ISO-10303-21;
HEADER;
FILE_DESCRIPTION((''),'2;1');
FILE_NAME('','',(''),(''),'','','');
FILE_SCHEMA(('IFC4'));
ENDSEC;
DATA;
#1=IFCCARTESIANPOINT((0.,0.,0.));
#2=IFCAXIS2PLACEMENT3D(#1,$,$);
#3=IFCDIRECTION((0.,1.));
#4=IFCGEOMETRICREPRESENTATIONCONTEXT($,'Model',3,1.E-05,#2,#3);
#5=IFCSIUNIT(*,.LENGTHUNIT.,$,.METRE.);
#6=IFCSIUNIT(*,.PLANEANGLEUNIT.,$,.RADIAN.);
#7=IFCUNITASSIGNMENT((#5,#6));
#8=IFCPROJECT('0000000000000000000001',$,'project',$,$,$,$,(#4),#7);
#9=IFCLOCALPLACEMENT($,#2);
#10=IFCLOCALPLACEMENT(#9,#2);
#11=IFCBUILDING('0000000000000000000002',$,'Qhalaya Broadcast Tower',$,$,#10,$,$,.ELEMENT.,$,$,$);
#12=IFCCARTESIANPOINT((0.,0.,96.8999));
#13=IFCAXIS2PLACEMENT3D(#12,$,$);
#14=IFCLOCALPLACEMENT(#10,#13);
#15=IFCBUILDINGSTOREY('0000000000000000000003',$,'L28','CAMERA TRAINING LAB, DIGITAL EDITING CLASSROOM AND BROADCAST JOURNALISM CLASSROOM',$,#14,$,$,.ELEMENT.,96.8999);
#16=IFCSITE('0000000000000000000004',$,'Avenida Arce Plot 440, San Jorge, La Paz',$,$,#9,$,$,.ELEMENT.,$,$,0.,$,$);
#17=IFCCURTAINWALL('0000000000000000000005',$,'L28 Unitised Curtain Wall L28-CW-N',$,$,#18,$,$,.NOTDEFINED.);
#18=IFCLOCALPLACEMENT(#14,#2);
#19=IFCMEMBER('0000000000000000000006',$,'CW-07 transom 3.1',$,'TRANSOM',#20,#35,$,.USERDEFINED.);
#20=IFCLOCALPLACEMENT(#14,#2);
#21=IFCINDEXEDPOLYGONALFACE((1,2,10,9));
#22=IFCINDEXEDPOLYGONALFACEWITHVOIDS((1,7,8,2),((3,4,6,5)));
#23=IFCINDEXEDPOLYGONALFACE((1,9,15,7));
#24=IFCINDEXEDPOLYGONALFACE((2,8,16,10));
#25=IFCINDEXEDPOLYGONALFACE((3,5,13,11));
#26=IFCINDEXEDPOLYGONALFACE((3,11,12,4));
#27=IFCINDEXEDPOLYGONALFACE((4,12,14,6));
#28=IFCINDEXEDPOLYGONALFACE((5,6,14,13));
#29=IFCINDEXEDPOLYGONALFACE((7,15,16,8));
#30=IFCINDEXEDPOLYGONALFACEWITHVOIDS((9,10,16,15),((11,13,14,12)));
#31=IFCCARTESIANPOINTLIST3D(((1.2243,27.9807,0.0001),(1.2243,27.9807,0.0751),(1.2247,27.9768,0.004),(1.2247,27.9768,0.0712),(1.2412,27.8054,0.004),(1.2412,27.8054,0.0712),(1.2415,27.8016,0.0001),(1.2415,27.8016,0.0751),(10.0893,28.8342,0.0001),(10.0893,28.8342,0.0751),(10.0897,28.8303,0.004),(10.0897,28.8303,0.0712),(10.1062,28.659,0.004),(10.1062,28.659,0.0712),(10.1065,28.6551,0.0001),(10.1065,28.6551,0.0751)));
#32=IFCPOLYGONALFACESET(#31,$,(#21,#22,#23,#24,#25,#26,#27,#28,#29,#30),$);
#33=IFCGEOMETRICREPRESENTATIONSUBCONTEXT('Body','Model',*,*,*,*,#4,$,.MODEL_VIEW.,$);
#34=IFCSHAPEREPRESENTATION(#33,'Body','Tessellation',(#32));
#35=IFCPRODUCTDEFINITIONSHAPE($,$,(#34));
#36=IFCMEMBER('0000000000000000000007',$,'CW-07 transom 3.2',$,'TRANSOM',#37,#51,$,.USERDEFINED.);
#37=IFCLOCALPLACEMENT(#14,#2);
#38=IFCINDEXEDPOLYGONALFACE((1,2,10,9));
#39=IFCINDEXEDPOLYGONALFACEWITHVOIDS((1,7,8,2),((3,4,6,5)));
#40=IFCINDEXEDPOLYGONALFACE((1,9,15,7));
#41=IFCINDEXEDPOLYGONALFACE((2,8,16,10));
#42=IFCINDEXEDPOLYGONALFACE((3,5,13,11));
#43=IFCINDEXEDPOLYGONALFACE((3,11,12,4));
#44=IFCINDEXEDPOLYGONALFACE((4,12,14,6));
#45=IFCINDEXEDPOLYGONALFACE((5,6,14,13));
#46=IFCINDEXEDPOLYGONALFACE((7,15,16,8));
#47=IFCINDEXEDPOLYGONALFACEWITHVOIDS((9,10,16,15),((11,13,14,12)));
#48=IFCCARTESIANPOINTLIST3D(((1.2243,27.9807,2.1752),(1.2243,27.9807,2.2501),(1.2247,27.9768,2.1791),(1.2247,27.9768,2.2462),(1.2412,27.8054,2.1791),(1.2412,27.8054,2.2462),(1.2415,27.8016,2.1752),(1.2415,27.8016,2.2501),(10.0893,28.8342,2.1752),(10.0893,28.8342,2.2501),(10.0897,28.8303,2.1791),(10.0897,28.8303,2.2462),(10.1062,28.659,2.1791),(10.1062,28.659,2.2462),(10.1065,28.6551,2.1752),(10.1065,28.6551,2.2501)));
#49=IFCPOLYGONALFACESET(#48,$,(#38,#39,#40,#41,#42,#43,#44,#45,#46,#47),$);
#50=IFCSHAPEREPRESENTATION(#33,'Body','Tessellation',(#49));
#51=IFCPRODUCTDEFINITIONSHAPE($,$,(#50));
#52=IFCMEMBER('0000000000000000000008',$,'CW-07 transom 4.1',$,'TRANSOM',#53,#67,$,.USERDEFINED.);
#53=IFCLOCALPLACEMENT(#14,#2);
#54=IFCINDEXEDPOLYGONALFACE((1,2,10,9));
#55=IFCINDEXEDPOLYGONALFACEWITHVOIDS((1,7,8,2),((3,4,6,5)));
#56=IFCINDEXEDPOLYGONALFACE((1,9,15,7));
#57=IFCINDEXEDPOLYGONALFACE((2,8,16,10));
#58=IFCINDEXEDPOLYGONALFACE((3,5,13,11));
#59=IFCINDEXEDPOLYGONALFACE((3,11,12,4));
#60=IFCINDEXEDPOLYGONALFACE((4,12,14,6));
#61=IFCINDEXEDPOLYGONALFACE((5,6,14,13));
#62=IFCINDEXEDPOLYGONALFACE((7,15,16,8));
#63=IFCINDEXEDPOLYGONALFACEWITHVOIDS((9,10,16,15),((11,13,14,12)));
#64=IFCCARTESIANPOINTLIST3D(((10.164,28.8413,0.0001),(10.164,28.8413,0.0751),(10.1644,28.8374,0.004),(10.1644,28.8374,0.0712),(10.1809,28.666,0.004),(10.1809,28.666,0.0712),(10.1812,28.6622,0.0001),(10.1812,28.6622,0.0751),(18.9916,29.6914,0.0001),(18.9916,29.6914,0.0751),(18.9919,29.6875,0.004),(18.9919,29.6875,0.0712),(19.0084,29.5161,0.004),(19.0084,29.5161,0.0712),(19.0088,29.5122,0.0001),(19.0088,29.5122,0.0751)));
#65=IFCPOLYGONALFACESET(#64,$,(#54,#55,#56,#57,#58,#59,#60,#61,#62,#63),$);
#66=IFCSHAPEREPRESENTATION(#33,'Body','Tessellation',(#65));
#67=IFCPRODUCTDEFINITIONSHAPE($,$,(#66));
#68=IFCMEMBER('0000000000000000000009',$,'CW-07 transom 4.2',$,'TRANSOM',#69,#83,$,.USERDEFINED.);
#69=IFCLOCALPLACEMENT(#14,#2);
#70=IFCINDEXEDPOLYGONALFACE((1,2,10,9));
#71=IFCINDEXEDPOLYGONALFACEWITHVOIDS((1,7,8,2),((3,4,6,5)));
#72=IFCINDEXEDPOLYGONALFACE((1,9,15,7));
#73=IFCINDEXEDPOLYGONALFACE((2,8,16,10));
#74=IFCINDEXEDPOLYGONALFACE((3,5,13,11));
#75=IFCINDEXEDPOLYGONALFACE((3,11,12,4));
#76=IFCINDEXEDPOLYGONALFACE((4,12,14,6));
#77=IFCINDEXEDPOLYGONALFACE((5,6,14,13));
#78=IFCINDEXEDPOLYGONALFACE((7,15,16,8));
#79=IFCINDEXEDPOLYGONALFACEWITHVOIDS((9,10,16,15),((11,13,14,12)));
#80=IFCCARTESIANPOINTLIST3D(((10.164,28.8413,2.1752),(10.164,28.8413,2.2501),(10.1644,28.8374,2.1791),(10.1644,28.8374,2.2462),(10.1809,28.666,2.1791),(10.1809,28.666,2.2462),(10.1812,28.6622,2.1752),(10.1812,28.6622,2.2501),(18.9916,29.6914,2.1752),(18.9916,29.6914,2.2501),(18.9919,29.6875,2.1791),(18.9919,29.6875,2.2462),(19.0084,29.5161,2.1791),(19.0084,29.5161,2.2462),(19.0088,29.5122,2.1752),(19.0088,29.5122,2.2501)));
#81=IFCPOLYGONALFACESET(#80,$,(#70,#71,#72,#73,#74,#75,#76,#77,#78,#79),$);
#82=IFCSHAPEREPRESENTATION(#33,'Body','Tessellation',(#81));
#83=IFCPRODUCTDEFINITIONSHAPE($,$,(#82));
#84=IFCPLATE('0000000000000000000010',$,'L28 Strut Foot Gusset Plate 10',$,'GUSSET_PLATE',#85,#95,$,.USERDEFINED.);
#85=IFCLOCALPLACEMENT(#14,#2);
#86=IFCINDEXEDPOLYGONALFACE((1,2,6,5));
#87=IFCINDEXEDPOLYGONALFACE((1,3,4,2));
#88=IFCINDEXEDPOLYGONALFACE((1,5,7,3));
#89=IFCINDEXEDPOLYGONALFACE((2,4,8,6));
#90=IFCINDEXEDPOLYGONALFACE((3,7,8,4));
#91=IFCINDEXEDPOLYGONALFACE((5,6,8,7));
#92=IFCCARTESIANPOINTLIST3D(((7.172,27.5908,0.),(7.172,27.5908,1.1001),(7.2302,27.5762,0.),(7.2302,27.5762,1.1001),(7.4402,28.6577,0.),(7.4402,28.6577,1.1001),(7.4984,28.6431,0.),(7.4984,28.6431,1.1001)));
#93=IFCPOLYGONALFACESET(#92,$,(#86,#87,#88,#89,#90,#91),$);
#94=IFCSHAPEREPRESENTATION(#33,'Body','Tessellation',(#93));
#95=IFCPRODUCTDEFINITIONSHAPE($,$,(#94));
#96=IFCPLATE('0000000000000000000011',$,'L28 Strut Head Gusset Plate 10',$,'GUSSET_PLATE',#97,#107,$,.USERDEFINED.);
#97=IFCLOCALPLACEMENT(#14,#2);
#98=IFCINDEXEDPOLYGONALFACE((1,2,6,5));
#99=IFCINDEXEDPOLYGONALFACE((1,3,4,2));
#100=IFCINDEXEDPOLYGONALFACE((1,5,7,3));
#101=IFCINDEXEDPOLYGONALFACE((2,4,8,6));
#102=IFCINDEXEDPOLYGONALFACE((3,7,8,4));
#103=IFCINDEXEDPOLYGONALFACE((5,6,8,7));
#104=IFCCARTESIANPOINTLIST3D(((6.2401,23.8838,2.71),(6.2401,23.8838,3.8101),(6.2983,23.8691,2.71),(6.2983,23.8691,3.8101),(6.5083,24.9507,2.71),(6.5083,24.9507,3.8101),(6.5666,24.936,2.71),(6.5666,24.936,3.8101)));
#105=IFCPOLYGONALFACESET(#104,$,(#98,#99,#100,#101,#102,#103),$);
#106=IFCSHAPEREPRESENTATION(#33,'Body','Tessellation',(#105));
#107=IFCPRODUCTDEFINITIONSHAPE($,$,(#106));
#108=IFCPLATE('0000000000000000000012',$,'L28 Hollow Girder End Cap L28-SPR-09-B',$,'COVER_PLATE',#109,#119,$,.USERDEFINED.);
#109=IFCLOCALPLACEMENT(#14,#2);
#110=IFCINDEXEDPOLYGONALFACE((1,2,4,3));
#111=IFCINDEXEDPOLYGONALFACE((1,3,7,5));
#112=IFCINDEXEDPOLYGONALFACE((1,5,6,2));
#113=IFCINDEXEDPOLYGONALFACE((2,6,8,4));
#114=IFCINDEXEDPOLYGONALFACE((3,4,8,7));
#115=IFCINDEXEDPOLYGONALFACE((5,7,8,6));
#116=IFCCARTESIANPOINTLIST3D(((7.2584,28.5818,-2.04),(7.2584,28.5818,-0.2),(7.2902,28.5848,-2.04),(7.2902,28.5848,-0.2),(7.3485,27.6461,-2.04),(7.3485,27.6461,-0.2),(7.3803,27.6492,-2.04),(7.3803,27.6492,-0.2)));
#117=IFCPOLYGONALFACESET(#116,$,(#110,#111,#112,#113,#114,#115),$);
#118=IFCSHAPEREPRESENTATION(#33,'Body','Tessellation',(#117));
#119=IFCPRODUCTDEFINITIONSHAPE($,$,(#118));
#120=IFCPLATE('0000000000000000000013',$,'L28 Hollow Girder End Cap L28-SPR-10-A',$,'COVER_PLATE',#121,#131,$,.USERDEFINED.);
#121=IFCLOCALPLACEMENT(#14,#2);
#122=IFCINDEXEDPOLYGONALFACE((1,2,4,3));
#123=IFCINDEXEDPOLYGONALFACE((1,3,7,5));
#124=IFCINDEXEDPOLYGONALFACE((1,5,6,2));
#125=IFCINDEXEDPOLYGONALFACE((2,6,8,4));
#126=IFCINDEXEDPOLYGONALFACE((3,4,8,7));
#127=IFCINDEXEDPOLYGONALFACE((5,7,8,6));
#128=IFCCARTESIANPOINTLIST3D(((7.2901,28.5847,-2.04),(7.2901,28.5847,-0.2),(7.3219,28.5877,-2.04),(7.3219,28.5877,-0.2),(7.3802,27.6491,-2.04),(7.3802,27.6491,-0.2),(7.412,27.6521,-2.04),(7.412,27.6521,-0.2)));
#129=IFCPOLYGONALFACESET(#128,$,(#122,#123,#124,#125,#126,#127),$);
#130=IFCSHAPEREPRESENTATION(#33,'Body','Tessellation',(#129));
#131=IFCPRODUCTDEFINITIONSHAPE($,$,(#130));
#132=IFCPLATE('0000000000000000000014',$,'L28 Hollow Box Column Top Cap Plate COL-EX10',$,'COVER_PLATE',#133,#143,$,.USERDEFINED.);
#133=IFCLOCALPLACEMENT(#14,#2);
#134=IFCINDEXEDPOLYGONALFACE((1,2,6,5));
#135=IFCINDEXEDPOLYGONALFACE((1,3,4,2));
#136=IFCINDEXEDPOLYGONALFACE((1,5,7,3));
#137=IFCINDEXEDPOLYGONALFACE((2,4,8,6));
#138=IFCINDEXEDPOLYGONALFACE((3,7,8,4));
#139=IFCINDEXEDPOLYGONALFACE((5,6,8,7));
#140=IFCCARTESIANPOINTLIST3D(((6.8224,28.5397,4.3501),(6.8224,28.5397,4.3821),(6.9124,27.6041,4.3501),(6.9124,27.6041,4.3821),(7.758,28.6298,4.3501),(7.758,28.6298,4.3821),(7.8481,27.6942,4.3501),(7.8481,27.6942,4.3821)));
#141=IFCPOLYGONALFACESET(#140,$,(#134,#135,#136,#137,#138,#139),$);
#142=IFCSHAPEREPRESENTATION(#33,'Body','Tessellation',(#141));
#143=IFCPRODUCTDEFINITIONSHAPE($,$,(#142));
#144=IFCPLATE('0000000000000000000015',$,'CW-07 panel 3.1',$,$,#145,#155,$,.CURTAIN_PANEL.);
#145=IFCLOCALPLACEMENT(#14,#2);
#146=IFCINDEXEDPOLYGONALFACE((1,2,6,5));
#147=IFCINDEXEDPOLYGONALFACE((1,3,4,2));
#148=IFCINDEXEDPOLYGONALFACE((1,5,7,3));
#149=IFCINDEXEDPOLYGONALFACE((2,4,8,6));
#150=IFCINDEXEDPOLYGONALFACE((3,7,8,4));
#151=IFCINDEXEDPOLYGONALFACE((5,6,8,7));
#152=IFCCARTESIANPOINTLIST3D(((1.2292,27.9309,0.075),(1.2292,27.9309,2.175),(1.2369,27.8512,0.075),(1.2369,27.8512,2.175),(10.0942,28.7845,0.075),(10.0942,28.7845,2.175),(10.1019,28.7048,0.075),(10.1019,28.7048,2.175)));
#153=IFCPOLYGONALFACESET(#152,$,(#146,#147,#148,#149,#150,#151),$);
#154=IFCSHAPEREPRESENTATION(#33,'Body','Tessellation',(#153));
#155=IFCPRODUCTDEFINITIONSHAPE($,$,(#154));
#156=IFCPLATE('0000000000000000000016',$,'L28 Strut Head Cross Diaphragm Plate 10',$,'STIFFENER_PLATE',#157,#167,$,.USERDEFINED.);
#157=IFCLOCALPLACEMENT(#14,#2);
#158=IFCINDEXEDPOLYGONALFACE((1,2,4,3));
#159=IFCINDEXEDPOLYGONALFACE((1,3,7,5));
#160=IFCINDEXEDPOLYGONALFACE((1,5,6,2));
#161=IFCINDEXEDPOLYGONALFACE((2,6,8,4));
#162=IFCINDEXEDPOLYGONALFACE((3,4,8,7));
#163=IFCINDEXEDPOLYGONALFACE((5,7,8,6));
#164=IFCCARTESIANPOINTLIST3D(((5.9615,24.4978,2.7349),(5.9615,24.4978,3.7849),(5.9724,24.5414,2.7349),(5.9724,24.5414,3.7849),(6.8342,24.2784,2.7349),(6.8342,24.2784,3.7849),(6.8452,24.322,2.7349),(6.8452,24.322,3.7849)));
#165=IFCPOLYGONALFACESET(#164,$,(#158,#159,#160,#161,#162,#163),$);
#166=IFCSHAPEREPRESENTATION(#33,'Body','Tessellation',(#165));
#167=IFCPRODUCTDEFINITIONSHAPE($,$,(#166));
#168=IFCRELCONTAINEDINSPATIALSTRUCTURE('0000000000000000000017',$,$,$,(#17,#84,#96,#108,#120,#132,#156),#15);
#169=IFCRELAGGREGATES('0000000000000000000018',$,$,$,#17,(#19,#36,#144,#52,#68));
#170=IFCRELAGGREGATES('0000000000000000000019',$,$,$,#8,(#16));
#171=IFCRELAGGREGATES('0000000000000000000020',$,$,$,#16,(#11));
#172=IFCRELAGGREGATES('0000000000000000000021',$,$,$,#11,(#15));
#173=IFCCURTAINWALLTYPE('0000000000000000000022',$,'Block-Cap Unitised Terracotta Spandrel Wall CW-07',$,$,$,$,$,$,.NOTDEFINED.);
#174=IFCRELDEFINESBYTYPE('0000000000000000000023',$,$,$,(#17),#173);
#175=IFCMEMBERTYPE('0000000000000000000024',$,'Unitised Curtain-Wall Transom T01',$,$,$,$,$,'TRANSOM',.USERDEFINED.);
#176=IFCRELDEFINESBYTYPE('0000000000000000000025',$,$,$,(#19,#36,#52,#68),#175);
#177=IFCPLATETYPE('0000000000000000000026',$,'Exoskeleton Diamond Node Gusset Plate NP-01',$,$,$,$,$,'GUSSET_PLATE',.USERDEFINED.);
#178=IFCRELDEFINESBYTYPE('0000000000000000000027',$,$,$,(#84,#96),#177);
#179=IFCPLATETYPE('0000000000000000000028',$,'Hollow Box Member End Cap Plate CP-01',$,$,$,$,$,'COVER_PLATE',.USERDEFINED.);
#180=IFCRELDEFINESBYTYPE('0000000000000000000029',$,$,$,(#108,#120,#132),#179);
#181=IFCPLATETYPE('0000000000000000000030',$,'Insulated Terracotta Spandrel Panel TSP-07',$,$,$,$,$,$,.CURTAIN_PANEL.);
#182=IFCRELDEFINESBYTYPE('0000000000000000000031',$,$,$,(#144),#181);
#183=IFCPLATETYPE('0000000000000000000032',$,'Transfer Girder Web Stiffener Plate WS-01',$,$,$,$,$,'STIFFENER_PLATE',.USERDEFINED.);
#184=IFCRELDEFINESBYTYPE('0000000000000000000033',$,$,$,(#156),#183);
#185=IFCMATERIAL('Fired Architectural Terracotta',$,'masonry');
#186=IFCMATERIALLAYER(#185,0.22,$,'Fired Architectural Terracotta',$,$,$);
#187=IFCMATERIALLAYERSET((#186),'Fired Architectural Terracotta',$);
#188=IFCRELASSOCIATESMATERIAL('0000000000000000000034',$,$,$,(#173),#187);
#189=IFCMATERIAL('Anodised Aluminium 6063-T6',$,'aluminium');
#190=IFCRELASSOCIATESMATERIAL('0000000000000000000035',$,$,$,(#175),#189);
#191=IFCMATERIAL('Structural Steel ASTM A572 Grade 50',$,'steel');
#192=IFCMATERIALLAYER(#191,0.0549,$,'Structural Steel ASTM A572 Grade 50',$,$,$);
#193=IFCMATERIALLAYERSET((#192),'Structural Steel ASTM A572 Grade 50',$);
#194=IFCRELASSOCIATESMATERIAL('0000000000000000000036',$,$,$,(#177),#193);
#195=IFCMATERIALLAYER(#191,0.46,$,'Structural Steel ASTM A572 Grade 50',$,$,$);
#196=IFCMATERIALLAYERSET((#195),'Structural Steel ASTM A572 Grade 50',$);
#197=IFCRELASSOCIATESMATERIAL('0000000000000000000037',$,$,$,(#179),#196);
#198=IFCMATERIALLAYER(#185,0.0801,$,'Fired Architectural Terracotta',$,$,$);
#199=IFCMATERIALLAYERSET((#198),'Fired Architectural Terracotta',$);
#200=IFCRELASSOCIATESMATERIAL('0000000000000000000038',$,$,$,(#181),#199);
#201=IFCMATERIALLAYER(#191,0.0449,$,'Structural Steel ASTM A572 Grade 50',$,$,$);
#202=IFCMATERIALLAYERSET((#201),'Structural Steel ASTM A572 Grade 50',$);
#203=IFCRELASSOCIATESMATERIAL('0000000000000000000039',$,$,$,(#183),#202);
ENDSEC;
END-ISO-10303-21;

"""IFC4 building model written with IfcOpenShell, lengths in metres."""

from ifc_helpers import new_model, si_unit, direction, frame, origin, origin_2d, place, context, subcontext, project, spatial, rectangle, hollow_rectangle, extrude, material, layer, layer_set, material_profile, profile_set, type_object, element, aggregate, save


model = new_model("IFC4")

# Units and contexts
model_context = context("Model", 3, precision=1e-05, world=origin(), true_north=direction((0.0, 1.0)))
body_context = subcontext(model_context, "Body", "Model", "MODEL_VIEW")
ifc_project = project(units=[si_unit("LENGTHUNIT", "METRE"), si_unit("PLANEANGLEUNIT", "RADIAN")], contexts=[model_context])

# Site, building, storey
site_placement = place(None, origin())
site = spatial("IfcSite", under=ifc_project, at=site_placement, Name="Avenida Arce Plot 440, San Jorge, La Paz", CompositionType="ELEMENT", RefElevation=0.0)
building_placement = place(site_placement, origin())
building = spatial("IfcBuilding", under=site, at=building_placement, Name="Qhalaya Broadcast Tower", CompositionType="ELEMENT")
storey_placement = place(building_placement, frame((0.0, 0.0, 96.8999)))
storey = spatial("IfcBuildingStorey", under=building, at=storey_placement, Name="L28", Description="CAMERA TRAINING LAB, DIGITAL EDITING CLASSROOM AND BROADCAST JOURNALISM CLASSROOM", CompositionType="ELEMENT", Elevation=96.8999)

# Shared definitions
ifc_material_1 = material(Name="Structural Steel ASTM A572 Grade 50", Category="steel")

# Curtain wall, members
ifc_material_2 = material(Name="Fired Architectural Terracotta", Category="masonry")
ifc_layer_1 = layer(ifc_material_2, 0.22, Name="Fired Architectural Terracotta")
ifc_layer_set_1 = layer_set([ifc_layer_1], Name="Fired Architectural Terracotta")
curtain_wall_type = type_object("IfcCurtainWallType", Name="Block-Cap Unitised Terracotta Spandrel Wall CW-07", PredefinedType="NOTDEFINED", material=ifc_layer_set_1)
curtain_wall_placement = place(storey_placement, origin())
curtain_wall = element("IfcCurtainWall", 1, at=curtain_wall_placement, inside=storey, type_object=curtain_wall_type, Name="L28 Unitised Curtain Wall L28-CW-N", PredefinedType="NOTDEFINED")
ifc_material_3 = material(Name="Anodised Aluminium 6063-T6", Category="aluminium")
ifc_material_profile_1 = material_profile(ifc_material_3, hollow_rectangle(XDim=0.075, YDim=0.1799, WallThickness=0.0039, at=origin_2d()), Name="ALU-TRN 75x180x4")
ifc_profile_set_1 = profile_set([ifc_material_profile_1], Name="Anodised Aluminium 6063-T6")
member_type_1 = type_object("IfcMemberType", Name="Unitised Curtain-Wall Transom T01", ElementType="TRANSOM", PredefinedType="USERDEFINED", material=ifc_profile_set_1)
member_1_placement = place(storey_placement, frame((1.2329, 27.8911, 0.0376), z_axis=(0.995397, 0.095836, 0.0), x_axis=(0.0, 0.0, 1.0)))
member_1 = element("IfcMember", 2, at=member_1_placement, type_object=member_type_1, Name="CW-07 transom 3.1", ObjectType="TRANSOM", PredefinedType="USERDEFINED", context=body_context, shape_type="SweptSolid", body=[
    extrude(hollow_rectangle(XDim=0.075, YDim=0.1799, WallThickness=0.0039, at=origin_2d()), origin(), (0.0, 0.0, 1.0), 8.906),
])
member_2_placement = place(storey_placement, frame((1.2329, 27.8911, 2.2126), z_axis=(0.995397, 0.095836, 0.0), x_axis=(0.0, 0.0, 1.0)))
member_2 = element("IfcMember", 3, at=member_2_placement, type_object=member_type_1, Name="CW-07 transom 3.2", ObjectType="TRANSOM", PredefinedType="USERDEFINED", context=body_context, shape_type="SweptSolid", body=[
    extrude(hollow_rectangle(XDim=0.075, YDim=0.1799, WallThickness=0.0039, at=origin_2d()), origin(), (0.0, 0.0, 1.0), 8.906),
])
member_3_placement = place(storey_placement, frame((10.1726, 28.7517, 0.0376), z_axis=(0.995395, 0.095856, 0.0), x_axis=(0.0, 0.0, 1.0)))
member_3 = element("IfcMember", 4, at=member_3_placement, type_object=member_type_1, Name="CW-07 transom 4.1", ObjectType="TRANSOM", PredefinedType="USERDEFINED", context=body_context, shape_type="SweptSolid", body=[
    extrude(hollow_rectangle(XDim=0.075, YDim=0.1799, WallThickness=0.0039, at=origin_2d()), origin(), (0.0, 0.0, 1.0), 8.8684),
])
member_4_placement = place(storey_placement, frame((10.1726, 28.7517, 2.2126), z_axis=(0.995395, 0.095856, 0.0), x_axis=(0.0, 0.0, 1.0)))
member_4 = element("IfcMember", 5, at=member_4_placement, type_object=member_type_1, Name="CW-07 transom 4.2", ObjectType="TRANSOM", PredefinedType="USERDEFINED", context=body_context, shape_type="SweptSolid", body=[
    extrude(hollow_rectangle(XDim=0.075, YDim=0.1799, WallThickness=0.0039, at=origin_2d()), origin(), (0.0, 0.0, 1.0), 8.8684),
])

# Plates
ifc_layer_2 = layer(ifc_material_1, 0.0549, Name="Structural Steel ASTM A572 Grade 50")
ifc_layer_set_2 = layer_set([ifc_layer_2], Name="Structural Steel ASTM A572 Grade 50")
plate_type_1 = type_object("IfcPlateType", Name="Exoskeleton Diamond Node Gusset Plate NP-01", ElementType="GUSSET_PLATE", PredefinedType="USERDEFINED", material=ifc_layer_set_2)
for number, where, z_axis, x_axis, name in (
    (6, (7.3352, 28.1169, 0.0), (0.0, 0.0, 1.0), (-0.243818, -0.969821, 0.0), "L28 Strut Foot Gusset Plate 10"),
    (7, (6.4033, 24.4099, 2.71), (0.0, 0.0, 1.0), (-0.243818, -0.969821, 0.0), "L28 Strut Head Gusset Plate 10"),
):
    element("IfcPlate", number, at=place(storey_placement, frame(where, z_axis=z_axis, x_axis=x_axis)), inside=storey, type_object=plate_type_1, Name=name, ObjectType="GUSSET_PLATE", PredefinedType="USERDEFINED", context=body_context, shape_type="SweptSolid", body=[
        extrude(rectangle(XDim=1.1001, YDim=0.0601, at=origin_2d()), origin(), (0.0, 0.0, 1.0), 1.1001),
    ])
ifc_layer_3 = layer(ifc_material_1, 0.46, Name="Structural Steel ASTM A572 Grade 50")
ifc_layer_set_3 = layer_set([ifc_layer_3], Name="Structural Steel ASTM A572 Grade 50")
plate_type_2 = type_object("IfcPlateType", Name="Hollow Box Member End Cap Plate CP-01", ElementType="COVER_PLATE", PredefinedType="USERDEFINED", material=ifc_layer_set_3)
for number, where, z_axis, x_axis, name in (
    (8, (7.3193, 28.1155, -2.04), (0.0, 0.0, 1.0), (0.095846, -0.995396, 0.0), "L28 Hollow Girder End Cap L28-SPR-09-B"),
    (9, (7.3511, 28.1184, -2.04), (0.0, 0.0, 1.0), (0.095846, -0.995396, 0.0), "L28 Hollow Girder End Cap L28-SPR-10-A"),
):
    element("IfcPlate", number, at=place(storey_placement, frame(where, z_axis=z_axis, x_axis=x_axis)), inside=storey, type_object=plate_type_2, Name=name, ObjectType="COVER_PLATE", PredefinedType="USERDEFINED", context=body_context, shape_type="SweptSolid", body=[
        extrude(rectangle(XDim=0.9399, YDim=0.032, at=origin_2d()), origin(), (0.0, 0.0, 1.0), 1.8401),
    ])
plate_1_placement = place(storey_placement, frame((7.3352, 28.1169, 4.3501), z_axis=(0.0, 0.0, 1.0), x_axis=(0.995396, 0.095846, 0.0)))
element("IfcPlate", 10, at=plate_1_placement, inside=storey, type_object=plate_type_2, Name="L28 Hollow Box Column Top Cap Plate COL-EX10", ObjectType="COVER_PLATE", PredefinedType="USERDEFINED", context=body_context, shape_type="SweptSolid", body=[
    extrude(rectangle(XDim=0.9399, YDim=0.9399, at=origin_2d()), origin(), (0.0, 0.0, 1.0), 0.032),
])

# Plates
ifc_layer_4 = layer(ifc_material_2, 0.0801, Name="Fired Architectural Terracotta")
ifc_layer_set_4 = layer_set([ifc_layer_4], Name="Fired Architectural Terracotta")
plate_type_3 = type_object("IfcPlateType", Name="Insulated Terracotta Spandrel Panel TSP-07", PredefinedType="CURTAIN_PANEL", material=ifc_layer_set_4)
plate_2_placement = place(storey_placement, frame((5.6655, 28.3179, 0.075), z_axis=(0.0, 0.0, 1.0), x_axis=(0.995396, 0.095847, 0.0)))
plate_2 = element("IfcPlate", 11, at=plate_2_placement, type_object=plate_type_3, Name="CW-07 panel 3.1", PredefinedType="CURTAIN_PANEL", context=body_context, shape_type="SweptSolid", body=[
    extrude(rectangle(XDim=8.906, YDim=0.0801, at=origin_2d()), origin(), (0.0, 0.0, 1.0), 2.1001),
])
aggregate(curtain_wall, [member_1, member_2, plate_2, member_3, member_4])
ifc_layer_5 = layer(ifc_material_1, 0.0449, Name="Structural Steel ASTM A572 Grade 50")
ifc_layer_set_5 = layer_set([ifc_layer_5], Name="Structural Steel ASTM A572 Grade 50")
plate_type_4 = type_object("IfcPlateType", Name="Transfer Girder Web Stiffener Plate WS-01", ElementType="STIFFENER_PLATE", PredefinedType="USERDEFINED", material=ifc_layer_set_5)
plate_3_placement = place(storey_placement, frame((6.4033, 24.4099, 2.7349), z_axis=(0.0, 0.0, 1.0), x_axis=(0.969821, -0.243818, 0.0)))
element("IfcPlate", 12, at=plate_3_placement, inside=storey, type_object=plate_type_4, Name="L28 Strut Head Cross Diaphragm Plate 10", ObjectType="STIFFENER_PLATE", PredefinedType="USERDEFINED", context=body_context, shape_type="SweptSolid", body=[
    extrude(rectangle(XDim=0.8999, YDim=0.0449, at=origin_2d()), origin(), (0.0, 0.0, 1.0), 1.05),
])

save(model, "model.ifc")
